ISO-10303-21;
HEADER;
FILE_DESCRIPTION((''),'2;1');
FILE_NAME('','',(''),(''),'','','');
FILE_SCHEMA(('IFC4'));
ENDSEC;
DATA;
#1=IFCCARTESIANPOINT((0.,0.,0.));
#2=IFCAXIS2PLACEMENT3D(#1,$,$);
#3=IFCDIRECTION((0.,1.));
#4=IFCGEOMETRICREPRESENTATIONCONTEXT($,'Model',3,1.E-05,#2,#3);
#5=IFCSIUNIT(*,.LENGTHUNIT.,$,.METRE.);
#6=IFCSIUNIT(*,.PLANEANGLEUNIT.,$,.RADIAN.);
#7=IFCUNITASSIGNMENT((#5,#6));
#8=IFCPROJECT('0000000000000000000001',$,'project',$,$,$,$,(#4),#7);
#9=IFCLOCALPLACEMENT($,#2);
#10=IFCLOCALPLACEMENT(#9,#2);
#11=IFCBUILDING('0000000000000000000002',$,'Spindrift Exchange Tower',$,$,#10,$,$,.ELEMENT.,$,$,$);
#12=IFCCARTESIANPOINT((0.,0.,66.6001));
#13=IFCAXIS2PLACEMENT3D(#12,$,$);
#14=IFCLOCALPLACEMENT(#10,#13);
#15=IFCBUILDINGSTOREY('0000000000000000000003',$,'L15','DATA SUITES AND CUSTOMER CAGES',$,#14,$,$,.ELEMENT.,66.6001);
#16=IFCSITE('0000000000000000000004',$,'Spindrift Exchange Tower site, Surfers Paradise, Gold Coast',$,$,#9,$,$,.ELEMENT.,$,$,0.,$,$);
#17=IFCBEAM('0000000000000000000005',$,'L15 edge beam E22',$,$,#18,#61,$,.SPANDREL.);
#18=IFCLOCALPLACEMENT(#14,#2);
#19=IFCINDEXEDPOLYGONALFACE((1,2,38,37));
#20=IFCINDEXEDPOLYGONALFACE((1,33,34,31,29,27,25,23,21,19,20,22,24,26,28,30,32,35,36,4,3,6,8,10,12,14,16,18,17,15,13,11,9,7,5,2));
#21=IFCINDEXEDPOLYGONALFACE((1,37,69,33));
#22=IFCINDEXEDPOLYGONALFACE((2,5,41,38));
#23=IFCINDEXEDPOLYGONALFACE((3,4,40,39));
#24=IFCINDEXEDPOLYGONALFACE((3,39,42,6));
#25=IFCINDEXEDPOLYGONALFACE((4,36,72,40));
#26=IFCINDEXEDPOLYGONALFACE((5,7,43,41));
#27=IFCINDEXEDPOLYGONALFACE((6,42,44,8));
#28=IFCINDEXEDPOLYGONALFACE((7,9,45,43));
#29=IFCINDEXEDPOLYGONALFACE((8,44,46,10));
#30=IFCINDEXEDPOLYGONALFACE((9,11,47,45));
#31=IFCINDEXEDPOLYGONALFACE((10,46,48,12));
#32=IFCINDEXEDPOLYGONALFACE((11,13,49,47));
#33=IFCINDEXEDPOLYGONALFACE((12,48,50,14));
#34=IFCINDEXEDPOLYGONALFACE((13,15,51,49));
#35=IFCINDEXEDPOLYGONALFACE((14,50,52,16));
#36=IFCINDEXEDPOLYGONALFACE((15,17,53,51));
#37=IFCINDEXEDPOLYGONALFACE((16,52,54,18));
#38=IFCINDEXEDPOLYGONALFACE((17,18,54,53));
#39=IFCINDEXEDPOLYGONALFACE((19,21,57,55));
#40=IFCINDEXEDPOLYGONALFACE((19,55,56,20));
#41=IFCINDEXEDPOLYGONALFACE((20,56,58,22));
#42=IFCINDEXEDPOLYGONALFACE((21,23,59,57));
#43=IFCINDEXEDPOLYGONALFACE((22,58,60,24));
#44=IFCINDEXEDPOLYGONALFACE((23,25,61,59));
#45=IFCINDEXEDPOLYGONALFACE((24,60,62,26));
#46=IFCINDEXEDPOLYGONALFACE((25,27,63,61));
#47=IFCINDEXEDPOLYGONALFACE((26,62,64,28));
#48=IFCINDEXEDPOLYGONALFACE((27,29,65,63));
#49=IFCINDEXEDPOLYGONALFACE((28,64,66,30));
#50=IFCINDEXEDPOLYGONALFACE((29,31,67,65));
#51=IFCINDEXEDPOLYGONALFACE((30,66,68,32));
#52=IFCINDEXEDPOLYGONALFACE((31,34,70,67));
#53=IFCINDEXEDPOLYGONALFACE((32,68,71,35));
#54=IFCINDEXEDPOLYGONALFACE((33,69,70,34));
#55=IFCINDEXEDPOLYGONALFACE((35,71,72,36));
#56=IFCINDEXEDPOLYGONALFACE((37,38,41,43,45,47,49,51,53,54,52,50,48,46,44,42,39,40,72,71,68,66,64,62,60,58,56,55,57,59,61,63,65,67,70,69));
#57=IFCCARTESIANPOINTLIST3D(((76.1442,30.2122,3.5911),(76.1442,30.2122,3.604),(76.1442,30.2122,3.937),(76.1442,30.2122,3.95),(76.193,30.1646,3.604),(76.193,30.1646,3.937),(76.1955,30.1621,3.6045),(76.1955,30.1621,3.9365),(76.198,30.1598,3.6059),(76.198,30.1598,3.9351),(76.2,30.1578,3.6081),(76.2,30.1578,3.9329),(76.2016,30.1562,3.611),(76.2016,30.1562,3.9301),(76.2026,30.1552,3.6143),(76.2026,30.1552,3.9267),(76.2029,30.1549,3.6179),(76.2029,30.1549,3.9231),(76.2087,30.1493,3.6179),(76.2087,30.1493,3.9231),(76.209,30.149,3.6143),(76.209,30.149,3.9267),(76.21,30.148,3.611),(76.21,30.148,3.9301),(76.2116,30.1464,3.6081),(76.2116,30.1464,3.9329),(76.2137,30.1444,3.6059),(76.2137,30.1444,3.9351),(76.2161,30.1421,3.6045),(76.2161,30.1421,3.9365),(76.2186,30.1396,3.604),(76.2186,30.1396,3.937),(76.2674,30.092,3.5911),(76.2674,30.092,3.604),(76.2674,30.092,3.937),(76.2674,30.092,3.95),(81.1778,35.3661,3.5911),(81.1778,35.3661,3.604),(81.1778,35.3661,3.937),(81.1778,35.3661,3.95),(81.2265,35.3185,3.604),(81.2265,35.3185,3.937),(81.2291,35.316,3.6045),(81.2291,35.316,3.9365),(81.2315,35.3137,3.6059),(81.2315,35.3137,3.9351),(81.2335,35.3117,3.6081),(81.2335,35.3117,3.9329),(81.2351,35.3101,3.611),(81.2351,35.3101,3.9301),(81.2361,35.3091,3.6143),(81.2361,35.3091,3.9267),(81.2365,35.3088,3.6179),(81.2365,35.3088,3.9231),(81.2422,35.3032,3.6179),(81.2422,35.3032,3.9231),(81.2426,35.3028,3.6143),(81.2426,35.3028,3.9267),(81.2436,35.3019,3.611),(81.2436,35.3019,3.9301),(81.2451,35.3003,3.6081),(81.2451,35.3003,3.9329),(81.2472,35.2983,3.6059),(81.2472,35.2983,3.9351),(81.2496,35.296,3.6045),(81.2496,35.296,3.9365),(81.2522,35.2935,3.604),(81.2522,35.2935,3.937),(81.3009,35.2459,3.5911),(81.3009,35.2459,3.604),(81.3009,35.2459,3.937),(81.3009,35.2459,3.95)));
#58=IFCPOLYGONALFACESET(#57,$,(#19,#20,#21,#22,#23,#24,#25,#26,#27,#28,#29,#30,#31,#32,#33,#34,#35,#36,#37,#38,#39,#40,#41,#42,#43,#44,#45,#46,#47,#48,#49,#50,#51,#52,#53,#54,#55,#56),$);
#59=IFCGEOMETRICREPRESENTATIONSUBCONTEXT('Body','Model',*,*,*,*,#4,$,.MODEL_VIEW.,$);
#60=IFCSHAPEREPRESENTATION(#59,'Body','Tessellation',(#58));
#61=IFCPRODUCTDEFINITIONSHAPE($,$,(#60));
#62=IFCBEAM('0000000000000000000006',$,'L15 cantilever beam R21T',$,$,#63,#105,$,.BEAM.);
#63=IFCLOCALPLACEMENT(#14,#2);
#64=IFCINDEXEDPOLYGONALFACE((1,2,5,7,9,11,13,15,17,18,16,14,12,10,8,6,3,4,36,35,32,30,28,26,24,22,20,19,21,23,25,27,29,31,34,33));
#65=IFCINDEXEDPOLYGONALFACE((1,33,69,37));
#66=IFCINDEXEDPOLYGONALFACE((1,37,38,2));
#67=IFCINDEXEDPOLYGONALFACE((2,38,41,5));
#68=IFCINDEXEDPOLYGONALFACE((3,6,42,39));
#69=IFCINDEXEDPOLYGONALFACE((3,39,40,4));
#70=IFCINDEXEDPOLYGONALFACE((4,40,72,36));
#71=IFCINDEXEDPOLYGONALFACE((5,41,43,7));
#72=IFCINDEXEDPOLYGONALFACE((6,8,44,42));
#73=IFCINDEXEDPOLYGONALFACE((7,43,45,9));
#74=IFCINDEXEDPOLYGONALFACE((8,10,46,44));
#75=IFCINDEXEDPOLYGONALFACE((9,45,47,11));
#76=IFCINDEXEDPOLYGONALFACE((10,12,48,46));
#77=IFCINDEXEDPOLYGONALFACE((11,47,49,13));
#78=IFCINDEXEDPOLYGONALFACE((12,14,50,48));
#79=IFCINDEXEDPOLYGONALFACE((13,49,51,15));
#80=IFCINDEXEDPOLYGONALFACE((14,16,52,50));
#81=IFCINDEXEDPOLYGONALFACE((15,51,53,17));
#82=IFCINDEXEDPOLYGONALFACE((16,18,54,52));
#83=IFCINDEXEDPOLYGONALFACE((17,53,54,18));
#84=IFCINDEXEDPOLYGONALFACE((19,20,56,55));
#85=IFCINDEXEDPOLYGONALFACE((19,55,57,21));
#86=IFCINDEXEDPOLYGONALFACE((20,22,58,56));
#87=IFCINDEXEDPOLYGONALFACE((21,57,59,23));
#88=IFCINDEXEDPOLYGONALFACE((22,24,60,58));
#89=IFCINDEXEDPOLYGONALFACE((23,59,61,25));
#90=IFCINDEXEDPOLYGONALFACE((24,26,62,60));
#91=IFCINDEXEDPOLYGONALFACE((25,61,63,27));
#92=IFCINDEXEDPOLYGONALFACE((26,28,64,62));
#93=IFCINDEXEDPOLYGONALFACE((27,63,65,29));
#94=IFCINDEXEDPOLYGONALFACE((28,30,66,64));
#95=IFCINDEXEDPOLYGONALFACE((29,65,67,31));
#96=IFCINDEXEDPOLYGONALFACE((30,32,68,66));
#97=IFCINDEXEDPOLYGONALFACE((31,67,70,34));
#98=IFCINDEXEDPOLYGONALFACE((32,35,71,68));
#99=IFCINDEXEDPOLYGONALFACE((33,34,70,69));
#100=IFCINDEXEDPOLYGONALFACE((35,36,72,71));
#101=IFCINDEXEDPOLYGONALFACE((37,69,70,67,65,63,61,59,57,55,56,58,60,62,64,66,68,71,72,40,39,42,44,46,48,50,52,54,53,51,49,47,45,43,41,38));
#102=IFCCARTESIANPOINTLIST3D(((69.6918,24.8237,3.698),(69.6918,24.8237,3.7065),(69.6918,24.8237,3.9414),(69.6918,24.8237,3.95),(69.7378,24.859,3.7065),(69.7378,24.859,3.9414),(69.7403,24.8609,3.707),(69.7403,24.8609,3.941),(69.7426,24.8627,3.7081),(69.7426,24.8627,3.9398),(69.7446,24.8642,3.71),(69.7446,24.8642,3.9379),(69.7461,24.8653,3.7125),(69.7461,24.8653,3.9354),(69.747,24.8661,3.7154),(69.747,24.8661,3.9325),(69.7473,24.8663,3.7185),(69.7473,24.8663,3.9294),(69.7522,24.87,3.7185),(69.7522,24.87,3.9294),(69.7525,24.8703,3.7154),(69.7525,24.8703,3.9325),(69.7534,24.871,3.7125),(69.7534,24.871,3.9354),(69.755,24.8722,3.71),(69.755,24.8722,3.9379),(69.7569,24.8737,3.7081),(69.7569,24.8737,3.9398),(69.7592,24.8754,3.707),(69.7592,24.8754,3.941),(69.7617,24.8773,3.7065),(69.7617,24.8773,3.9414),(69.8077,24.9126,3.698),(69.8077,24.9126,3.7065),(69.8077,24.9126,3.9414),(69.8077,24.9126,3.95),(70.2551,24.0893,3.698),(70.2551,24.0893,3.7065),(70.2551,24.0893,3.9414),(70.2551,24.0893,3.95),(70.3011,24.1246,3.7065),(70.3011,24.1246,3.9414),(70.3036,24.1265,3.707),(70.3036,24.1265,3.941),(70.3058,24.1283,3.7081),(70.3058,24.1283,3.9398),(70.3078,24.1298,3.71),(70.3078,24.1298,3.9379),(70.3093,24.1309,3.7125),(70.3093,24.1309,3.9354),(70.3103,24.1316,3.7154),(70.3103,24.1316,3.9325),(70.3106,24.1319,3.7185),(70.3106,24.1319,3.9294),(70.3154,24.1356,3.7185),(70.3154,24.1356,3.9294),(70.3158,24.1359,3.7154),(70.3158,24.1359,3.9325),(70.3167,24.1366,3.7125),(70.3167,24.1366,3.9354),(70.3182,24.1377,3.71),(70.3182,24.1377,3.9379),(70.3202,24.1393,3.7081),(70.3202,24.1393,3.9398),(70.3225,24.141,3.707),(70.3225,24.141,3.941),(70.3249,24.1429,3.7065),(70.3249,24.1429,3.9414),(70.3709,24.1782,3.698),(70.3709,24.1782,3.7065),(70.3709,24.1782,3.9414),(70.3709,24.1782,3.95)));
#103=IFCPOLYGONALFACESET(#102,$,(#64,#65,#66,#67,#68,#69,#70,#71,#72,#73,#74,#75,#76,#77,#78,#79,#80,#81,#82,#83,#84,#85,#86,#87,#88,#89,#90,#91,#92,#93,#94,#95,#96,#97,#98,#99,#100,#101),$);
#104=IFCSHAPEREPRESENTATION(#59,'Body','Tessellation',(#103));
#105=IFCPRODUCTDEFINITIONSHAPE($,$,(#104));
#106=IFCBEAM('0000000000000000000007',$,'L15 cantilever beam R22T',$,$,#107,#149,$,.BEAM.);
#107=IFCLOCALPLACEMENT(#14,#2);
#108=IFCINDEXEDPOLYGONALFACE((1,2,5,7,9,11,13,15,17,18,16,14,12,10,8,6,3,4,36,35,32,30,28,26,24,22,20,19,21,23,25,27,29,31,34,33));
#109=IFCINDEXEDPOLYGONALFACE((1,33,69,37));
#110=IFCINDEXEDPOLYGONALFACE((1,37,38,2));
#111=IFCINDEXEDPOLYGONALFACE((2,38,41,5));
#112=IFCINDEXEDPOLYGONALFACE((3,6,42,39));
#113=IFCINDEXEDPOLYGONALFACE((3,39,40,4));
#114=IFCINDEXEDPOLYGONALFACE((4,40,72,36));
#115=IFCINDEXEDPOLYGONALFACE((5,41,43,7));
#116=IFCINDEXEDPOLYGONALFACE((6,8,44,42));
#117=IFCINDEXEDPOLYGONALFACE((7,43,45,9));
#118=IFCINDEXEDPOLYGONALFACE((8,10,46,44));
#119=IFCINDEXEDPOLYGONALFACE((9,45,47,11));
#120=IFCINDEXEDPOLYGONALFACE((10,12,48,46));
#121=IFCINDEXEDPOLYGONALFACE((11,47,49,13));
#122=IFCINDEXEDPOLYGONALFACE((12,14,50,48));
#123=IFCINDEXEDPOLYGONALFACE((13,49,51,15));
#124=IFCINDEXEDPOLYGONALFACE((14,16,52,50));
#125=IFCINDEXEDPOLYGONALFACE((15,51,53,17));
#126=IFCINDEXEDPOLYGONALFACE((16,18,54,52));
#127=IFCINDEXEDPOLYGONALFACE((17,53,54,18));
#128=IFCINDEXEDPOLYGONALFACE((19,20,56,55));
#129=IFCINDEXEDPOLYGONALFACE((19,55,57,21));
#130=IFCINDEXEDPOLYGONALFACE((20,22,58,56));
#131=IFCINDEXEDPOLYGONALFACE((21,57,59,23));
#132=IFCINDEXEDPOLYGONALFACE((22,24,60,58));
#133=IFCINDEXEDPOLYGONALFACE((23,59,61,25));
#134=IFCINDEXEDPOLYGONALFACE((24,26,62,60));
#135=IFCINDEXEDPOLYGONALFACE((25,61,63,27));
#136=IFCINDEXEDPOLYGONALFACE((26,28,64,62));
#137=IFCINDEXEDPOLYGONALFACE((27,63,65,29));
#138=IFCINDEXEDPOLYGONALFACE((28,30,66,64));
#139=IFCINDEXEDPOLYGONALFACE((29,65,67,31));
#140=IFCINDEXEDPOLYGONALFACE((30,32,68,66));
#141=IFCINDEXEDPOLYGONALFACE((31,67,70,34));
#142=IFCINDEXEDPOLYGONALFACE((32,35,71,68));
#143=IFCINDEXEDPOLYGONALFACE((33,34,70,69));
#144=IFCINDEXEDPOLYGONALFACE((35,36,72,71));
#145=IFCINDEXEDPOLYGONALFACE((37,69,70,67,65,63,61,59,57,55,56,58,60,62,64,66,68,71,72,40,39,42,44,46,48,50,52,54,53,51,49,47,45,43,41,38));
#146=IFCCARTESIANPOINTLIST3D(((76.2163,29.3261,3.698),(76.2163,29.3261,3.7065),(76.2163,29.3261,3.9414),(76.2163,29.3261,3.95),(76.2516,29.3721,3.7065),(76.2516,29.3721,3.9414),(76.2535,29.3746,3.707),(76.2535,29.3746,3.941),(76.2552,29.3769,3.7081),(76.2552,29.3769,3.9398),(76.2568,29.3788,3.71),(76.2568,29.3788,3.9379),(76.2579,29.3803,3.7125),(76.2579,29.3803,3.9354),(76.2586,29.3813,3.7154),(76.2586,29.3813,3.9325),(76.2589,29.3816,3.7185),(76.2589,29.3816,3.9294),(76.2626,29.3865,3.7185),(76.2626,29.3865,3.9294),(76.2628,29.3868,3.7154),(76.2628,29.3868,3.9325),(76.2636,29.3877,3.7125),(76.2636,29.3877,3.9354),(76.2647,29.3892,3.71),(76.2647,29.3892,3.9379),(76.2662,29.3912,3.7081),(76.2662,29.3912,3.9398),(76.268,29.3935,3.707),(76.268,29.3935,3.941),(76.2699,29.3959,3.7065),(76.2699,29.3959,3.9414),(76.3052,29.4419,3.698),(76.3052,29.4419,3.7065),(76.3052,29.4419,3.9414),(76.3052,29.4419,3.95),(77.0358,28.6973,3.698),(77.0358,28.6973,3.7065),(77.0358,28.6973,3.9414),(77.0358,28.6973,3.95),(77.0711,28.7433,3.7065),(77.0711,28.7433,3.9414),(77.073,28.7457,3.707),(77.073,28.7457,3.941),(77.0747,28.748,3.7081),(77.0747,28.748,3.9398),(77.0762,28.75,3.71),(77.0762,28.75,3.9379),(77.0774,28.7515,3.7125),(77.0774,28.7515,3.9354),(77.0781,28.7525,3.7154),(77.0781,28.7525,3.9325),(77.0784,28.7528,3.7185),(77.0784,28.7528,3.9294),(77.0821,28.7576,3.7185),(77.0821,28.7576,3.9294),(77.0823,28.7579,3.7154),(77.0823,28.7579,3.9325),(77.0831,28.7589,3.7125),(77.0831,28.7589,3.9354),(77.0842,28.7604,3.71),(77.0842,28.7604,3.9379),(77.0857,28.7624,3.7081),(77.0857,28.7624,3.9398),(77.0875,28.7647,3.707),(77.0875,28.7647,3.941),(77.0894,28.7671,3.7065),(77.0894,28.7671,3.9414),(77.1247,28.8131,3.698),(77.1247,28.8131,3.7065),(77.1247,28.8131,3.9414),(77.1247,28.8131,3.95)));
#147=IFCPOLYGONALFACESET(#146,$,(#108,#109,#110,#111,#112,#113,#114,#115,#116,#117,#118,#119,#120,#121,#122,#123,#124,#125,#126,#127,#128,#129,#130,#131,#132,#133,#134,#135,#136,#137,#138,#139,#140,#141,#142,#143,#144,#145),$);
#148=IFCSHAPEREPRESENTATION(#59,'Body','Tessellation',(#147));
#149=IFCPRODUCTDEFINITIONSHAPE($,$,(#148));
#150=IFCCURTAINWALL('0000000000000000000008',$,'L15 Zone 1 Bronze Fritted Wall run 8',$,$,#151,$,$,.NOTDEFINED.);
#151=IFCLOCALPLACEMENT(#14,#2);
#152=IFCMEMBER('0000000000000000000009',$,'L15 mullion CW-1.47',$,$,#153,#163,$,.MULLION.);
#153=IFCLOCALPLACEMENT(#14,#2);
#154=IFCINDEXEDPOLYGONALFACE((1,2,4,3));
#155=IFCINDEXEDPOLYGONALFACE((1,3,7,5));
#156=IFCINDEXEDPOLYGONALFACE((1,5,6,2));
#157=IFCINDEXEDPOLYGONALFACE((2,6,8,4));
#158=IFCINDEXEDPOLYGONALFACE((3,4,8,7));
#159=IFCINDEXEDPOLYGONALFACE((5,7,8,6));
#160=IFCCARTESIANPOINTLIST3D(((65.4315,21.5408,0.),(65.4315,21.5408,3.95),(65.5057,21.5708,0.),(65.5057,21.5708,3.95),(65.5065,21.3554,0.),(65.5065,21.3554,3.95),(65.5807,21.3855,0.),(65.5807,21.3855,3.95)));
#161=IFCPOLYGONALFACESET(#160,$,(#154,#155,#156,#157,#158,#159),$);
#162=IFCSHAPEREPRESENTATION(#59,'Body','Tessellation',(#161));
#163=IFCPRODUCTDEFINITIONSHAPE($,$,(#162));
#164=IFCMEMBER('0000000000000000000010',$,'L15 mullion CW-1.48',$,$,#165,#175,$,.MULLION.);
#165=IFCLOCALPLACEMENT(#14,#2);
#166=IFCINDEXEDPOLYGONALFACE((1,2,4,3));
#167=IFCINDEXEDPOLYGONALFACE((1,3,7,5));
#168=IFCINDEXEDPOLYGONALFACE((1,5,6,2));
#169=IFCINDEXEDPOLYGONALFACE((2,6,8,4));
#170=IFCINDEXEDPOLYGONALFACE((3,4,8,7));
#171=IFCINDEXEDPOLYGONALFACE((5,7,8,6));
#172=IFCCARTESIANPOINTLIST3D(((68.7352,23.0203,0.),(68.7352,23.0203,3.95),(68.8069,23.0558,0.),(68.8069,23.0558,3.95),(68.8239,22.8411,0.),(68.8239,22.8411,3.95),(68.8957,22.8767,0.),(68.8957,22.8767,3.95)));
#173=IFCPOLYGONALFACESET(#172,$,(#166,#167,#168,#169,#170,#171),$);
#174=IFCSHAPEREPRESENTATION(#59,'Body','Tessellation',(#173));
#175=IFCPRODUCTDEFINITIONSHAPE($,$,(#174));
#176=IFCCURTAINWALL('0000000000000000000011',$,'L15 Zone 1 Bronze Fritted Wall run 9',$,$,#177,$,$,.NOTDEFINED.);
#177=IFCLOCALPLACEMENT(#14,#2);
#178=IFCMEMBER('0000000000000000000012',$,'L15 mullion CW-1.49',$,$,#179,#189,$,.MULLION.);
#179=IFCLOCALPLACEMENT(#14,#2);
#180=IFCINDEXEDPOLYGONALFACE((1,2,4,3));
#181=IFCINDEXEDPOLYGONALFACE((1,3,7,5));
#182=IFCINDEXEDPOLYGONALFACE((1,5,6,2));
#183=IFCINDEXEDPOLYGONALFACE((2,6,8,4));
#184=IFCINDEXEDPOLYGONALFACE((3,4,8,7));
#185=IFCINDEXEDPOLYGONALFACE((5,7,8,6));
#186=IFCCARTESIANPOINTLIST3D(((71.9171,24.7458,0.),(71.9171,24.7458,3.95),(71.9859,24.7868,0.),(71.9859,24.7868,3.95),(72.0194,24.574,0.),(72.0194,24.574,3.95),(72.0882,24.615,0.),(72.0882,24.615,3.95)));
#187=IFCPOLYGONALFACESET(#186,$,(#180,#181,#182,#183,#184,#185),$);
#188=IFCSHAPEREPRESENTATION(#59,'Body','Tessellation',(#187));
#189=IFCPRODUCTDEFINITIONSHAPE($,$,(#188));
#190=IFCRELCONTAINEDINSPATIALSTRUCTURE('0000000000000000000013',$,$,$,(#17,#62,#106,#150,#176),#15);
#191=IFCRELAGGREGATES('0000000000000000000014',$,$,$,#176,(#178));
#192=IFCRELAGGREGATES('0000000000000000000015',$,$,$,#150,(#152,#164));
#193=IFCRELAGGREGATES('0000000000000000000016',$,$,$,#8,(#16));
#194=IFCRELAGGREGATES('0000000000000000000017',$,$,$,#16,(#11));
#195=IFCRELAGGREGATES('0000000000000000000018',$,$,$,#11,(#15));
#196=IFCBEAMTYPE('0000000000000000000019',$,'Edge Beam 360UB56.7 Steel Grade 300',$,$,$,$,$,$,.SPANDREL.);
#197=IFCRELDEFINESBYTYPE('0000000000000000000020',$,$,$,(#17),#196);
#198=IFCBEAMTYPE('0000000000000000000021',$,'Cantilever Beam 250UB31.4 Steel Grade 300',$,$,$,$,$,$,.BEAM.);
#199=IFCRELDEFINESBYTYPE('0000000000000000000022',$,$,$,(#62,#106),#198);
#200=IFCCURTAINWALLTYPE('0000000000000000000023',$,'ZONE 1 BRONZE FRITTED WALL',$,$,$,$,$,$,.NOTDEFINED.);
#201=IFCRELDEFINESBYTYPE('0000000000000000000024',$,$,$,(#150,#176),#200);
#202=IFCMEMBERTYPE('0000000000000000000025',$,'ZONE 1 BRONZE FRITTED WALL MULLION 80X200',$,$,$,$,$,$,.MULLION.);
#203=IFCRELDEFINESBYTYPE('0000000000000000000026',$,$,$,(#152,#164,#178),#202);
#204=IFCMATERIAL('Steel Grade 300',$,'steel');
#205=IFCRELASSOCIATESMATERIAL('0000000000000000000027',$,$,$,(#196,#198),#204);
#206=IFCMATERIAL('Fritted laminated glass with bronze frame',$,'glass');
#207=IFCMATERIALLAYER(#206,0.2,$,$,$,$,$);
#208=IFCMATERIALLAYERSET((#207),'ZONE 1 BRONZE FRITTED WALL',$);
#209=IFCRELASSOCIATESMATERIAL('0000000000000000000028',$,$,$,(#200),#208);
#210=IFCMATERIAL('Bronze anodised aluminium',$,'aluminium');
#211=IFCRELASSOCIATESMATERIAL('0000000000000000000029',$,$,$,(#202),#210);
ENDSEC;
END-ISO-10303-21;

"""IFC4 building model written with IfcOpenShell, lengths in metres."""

from ifc_helpers import new_model, si_unit, direction, frame, origin, origin_2d, place, context, subcontext, project, spatial, rectangle, i_section, extrude, source, transform, mapped, material, layer, layer_set, material_profile, profile_set, type_object, element, aggregate, save


model = new_model("IFC4")

# Units and contexts
model_context = context("Model", 3, precision=1e-05, world=origin(), true_north=direction((0.0, 1.0)))
body_context = subcontext(model_context, "Body", "Model", "MODEL_VIEW")
ifc_project = project(units=[si_unit("LENGTHUNIT", "METRE"), si_unit("PLANEANGLEUNIT", "RADIAN")], contexts=[model_context])

# Site, building, storey
site_placement = place(None, origin())
site = spatial("IfcSite", under=ifc_project, at=site_placement, Name="Spindrift Exchange Tower site, Surfers Paradise, Gold Coast", CompositionType="ELEMENT", RefElevation=0.0)
building_placement = place(site_placement, origin())
building = spatial("IfcBuilding", under=site, at=building_placement, Name="Spindrift Exchange Tower", CompositionType="ELEMENT")
storey_placement = place(building_placement, frame((0.0, 0.0, 66.6001)))
storey = spatial("IfcBuildingStorey", under=building, at=storey_placement, Name="L15", Description="DATA SUITES AND CUSTOMER CAGES", CompositionType="ELEMENT", Elevation=66.6001)

# Beams
ifc_material_1 = material(Name="Steel Grade 300", Category="steel")
ifc_material_profile_1 = material_profile(ifc_material_1, i_section(OverallWidth=0.1721, OverallDepth=0.3589, WebThickness=0.0081, FlangeThickness=0.0129, FilletRadius=0.0139, at=origin_2d()), Name="360UB56.7")
ifc_profile_set_1 = profile_set([ifc_material_profile_1], Name="Steel Grade 300")
beam_type_1 = type_object("IfcBeamType", Name="Edge Beam 360UB56.7 Steel Grade 300", PredefinedType="SPANDREL", material=ifc_profile_set_1)
shared_shape_1 = source(origin(), body_context, "Body", "SweptSolid", [
    extrude(i_section(OverallWidth=0.1721, OverallDepth=0.3589, WebThickness=0.0081, FlangeThickness=0.0129, FilletRadius=0.0139, at=origin_2d()), origin(), (0.0, 0.0, 1.0), 7.2041),
])
beam_1_placement = place(storey_placement, frame((76.2058, 30.1521, 3.7705), z_axis=(0.698704, 0.715411, 0.0), x_axis=(-0.715411, 0.698704, 0.0)))
element("IfcBeam", 1, at=beam_1_placement, inside=storey, type_object=beam_type_1, Name="L15 edge beam E22", PredefinedType="SPANDREL", context=body_context, shape_type="MappedRepresentation", body=[
    mapped(shared_shape_1, transform((0.0, 0.0, 0.0), scale=1.0)),
])
ifc_material_profile_2 = material_profile(ifc_material_1, i_section(OverallWidth=0.146, OverallDepth=0.252, WebThickness=0.0061, FlangeThickness=0.0085, FilletRadius=0.012, at=origin_2d()), Name="250UB31.4")
ifc_profile_set_2 = profile_set([ifc_material_profile_2], Name="Steel Grade 300")
beam_type_2 = type_object("IfcBeamType", Name="Cantilever Beam 250UB31.4 Steel Grade 300", PredefinedType="BEAM", material=ifc_profile_set_2)
shared_shape_2 = source(origin(), body_context, "Body", "SweptSolid", [
    extrude(i_section(OverallWidth=0.146, OverallDepth=0.252, WebThickness=0.0061, FlangeThickness=0.0085, FilletRadius=0.012, at=origin_2d()), origin(), (0.0, 0.0, 1.0), 0.9255),
])
beam_2_placement = place(storey_placement, frame((69.7498, 24.8682, 3.824), z_axis=(0.608576, -0.793496, 0.0), x_axis=(0.793496, 0.608576, 0.0)))
element("IfcBeam", 2, at=beam_2_placement, inside=storey, type_object=beam_type_2, Name="L15 cantilever beam R21T", PredefinedType="BEAM", context=body_context, shape_type="MappedRepresentation", body=[
    mapped(shared_shape_2, transform((0.0, 0.0, 0.0), scale=1.0)),
])
shared_shape_3 = source(origin(), body_context, "Body", "SweptSolid", [
    extrude(i_section(OverallWidth=0.146, OverallDepth=0.252, WebThickness=0.0061, FlangeThickness=0.0085, FilletRadius=0.012, at=origin_2d()), origin(), (0.0, 0.0, 1.0), 1.033),
])
beam_3_placement = place(storey_placement, frame((76.2607, 29.384, 3.824), z_axis=(0.793344, -0.608774, 0.0), x_axis=(0.608774, 0.793344, 0.0)))
element("IfcBeam", 3, at=beam_3_placement, inside=storey, type_object=beam_type_2, Name="L15 cantilever beam R22T", PredefinedType="BEAM", context=body_context, shape_type="MappedRepresentation", body=[
    mapped(shared_shape_3, transform((0.0, 0.0, 0.0), scale=1.0)),
])

# Curtain walls, members
ifc_material_2 = material(Name="Fritted laminated glass with bronze frame", Category="glass")
ifc_layer_1 = layer(ifc_material_2, 0.2)
ifc_layer_set_1 = layer_set([ifc_layer_1], Name="ZONE 1 BRONZE FRITTED WALL")
curtain_wall_type = type_object("IfcCurtainWallType", Name="ZONE 1 BRONZE FRITTED WALL", PredefinedType="NOTDEFINED", material=ifc_layer_set_1)
curtain_wall_1_placement = place(storey_placement, origin())
curtain_wall_1 = element("IfcCurtainWall", 4, at=curtain_wall_1_placement, inside=storey, type_object=curtain_wall_type, Name="L15 Zone 1 Bronze Fritted Wall run 8", PredefinedType="NOTDEFINED")
ifc_material_3 = material(Name="Bronze anodised aluminium", Category="aluminium")
ifc_material_profile_3 = material_profile(ifc_material_3, rectangle(XDim=0.0801, YDim=0.2, at=origin_2d()), Name="ZONE 1 BRONZE FRITTED WALL MULLION 80X200")
ifc_profile_set_3 = profile_set([ifc_material_profile_3], Name="Bronze anodised aluminium")
member_type_1 = type_object("IfcMemberType", Name="ZONE 1 BRONZE FRITTED WALL MULLION 80X200", PredefinedType="MULLION", material=ifc_profile_set_3)
shared_shape_4 = source(origin(), body_context, "Body", "SweptSolid", [
    extrude(rectangle(XDim=0.0801, YDim=0.2, at=origin_2d()), origin(), (0.0, 0.0, 1.0), 3.95),
])
member_1_placement = place(storey_placement, frame((65.5061, 21.4631, 0.0), z_axis=(0.0, 0.0, 1.0), x_axis=(0.926867, 0.375391, 0.0)))
member_1 = element("IfcMember", 5, at=member_1_placement, type_object=member_type_1, Name="L15 mullion CW-1.47", PredefinedType="MULLION", context=body_context, shape_type="MappedRepresentation", body=[
    mapped(shared_shape_4, transform((0.0, 0.0, 0.0), scale=1.0)),
])
member_2_placement = place(storey_placement, frame((68.8154, 22.9485, 0.0), z_axis=(0.0, 0.0, 1.0), x_axis=(0.896139, 0.443772, 0.0)))
member_2 = element("IfcMember", 6, at=member_2_placement, type_object=member_type_1, Name="L15 mullion CW-1.48", PredefinedType="MULLION", context=body_context, shape_type="MappedRepresentation", body=[
    mapped(shared_shape_4, transform((0.0, 0.0, 0.0), scale=1.0)),
])
curtain_wall_2_placement = place(storey_placement, origin())
curtain_wall_2 = element("IfcCurtainWall", 7, at=curtain_wall_2_placement, inside=storey, type_object=curtain_wall_type, Name="L15 Zone 1 Bronze Fritted Wall run 9", PredefinedType="NOTDEFINED")
member_3_placement = place(storey_placement, frame((72.0027, 24.6804, 0.0), z_axis=(0.0, 0.0, 1.0), x_axis=(0.859187, 0.511662, 0.0)))
member_3 = element("IfcMember", 8, at=member_3_placement, type_object=member_type_1, Name="L15 mullion CW-1.49", PredefinedType="MULLION", context=body_context, shape_type="MappedRepresentation", body=[
    mapped(shared_shape_4, transform((0.0, 0.0, 0.0), scale=1.0)),
])

aggregate(curtain_wall_2, [member_3])
aggregate(curtain_wall_1, [member_1, member_2])

save(model, "model.ifc")
